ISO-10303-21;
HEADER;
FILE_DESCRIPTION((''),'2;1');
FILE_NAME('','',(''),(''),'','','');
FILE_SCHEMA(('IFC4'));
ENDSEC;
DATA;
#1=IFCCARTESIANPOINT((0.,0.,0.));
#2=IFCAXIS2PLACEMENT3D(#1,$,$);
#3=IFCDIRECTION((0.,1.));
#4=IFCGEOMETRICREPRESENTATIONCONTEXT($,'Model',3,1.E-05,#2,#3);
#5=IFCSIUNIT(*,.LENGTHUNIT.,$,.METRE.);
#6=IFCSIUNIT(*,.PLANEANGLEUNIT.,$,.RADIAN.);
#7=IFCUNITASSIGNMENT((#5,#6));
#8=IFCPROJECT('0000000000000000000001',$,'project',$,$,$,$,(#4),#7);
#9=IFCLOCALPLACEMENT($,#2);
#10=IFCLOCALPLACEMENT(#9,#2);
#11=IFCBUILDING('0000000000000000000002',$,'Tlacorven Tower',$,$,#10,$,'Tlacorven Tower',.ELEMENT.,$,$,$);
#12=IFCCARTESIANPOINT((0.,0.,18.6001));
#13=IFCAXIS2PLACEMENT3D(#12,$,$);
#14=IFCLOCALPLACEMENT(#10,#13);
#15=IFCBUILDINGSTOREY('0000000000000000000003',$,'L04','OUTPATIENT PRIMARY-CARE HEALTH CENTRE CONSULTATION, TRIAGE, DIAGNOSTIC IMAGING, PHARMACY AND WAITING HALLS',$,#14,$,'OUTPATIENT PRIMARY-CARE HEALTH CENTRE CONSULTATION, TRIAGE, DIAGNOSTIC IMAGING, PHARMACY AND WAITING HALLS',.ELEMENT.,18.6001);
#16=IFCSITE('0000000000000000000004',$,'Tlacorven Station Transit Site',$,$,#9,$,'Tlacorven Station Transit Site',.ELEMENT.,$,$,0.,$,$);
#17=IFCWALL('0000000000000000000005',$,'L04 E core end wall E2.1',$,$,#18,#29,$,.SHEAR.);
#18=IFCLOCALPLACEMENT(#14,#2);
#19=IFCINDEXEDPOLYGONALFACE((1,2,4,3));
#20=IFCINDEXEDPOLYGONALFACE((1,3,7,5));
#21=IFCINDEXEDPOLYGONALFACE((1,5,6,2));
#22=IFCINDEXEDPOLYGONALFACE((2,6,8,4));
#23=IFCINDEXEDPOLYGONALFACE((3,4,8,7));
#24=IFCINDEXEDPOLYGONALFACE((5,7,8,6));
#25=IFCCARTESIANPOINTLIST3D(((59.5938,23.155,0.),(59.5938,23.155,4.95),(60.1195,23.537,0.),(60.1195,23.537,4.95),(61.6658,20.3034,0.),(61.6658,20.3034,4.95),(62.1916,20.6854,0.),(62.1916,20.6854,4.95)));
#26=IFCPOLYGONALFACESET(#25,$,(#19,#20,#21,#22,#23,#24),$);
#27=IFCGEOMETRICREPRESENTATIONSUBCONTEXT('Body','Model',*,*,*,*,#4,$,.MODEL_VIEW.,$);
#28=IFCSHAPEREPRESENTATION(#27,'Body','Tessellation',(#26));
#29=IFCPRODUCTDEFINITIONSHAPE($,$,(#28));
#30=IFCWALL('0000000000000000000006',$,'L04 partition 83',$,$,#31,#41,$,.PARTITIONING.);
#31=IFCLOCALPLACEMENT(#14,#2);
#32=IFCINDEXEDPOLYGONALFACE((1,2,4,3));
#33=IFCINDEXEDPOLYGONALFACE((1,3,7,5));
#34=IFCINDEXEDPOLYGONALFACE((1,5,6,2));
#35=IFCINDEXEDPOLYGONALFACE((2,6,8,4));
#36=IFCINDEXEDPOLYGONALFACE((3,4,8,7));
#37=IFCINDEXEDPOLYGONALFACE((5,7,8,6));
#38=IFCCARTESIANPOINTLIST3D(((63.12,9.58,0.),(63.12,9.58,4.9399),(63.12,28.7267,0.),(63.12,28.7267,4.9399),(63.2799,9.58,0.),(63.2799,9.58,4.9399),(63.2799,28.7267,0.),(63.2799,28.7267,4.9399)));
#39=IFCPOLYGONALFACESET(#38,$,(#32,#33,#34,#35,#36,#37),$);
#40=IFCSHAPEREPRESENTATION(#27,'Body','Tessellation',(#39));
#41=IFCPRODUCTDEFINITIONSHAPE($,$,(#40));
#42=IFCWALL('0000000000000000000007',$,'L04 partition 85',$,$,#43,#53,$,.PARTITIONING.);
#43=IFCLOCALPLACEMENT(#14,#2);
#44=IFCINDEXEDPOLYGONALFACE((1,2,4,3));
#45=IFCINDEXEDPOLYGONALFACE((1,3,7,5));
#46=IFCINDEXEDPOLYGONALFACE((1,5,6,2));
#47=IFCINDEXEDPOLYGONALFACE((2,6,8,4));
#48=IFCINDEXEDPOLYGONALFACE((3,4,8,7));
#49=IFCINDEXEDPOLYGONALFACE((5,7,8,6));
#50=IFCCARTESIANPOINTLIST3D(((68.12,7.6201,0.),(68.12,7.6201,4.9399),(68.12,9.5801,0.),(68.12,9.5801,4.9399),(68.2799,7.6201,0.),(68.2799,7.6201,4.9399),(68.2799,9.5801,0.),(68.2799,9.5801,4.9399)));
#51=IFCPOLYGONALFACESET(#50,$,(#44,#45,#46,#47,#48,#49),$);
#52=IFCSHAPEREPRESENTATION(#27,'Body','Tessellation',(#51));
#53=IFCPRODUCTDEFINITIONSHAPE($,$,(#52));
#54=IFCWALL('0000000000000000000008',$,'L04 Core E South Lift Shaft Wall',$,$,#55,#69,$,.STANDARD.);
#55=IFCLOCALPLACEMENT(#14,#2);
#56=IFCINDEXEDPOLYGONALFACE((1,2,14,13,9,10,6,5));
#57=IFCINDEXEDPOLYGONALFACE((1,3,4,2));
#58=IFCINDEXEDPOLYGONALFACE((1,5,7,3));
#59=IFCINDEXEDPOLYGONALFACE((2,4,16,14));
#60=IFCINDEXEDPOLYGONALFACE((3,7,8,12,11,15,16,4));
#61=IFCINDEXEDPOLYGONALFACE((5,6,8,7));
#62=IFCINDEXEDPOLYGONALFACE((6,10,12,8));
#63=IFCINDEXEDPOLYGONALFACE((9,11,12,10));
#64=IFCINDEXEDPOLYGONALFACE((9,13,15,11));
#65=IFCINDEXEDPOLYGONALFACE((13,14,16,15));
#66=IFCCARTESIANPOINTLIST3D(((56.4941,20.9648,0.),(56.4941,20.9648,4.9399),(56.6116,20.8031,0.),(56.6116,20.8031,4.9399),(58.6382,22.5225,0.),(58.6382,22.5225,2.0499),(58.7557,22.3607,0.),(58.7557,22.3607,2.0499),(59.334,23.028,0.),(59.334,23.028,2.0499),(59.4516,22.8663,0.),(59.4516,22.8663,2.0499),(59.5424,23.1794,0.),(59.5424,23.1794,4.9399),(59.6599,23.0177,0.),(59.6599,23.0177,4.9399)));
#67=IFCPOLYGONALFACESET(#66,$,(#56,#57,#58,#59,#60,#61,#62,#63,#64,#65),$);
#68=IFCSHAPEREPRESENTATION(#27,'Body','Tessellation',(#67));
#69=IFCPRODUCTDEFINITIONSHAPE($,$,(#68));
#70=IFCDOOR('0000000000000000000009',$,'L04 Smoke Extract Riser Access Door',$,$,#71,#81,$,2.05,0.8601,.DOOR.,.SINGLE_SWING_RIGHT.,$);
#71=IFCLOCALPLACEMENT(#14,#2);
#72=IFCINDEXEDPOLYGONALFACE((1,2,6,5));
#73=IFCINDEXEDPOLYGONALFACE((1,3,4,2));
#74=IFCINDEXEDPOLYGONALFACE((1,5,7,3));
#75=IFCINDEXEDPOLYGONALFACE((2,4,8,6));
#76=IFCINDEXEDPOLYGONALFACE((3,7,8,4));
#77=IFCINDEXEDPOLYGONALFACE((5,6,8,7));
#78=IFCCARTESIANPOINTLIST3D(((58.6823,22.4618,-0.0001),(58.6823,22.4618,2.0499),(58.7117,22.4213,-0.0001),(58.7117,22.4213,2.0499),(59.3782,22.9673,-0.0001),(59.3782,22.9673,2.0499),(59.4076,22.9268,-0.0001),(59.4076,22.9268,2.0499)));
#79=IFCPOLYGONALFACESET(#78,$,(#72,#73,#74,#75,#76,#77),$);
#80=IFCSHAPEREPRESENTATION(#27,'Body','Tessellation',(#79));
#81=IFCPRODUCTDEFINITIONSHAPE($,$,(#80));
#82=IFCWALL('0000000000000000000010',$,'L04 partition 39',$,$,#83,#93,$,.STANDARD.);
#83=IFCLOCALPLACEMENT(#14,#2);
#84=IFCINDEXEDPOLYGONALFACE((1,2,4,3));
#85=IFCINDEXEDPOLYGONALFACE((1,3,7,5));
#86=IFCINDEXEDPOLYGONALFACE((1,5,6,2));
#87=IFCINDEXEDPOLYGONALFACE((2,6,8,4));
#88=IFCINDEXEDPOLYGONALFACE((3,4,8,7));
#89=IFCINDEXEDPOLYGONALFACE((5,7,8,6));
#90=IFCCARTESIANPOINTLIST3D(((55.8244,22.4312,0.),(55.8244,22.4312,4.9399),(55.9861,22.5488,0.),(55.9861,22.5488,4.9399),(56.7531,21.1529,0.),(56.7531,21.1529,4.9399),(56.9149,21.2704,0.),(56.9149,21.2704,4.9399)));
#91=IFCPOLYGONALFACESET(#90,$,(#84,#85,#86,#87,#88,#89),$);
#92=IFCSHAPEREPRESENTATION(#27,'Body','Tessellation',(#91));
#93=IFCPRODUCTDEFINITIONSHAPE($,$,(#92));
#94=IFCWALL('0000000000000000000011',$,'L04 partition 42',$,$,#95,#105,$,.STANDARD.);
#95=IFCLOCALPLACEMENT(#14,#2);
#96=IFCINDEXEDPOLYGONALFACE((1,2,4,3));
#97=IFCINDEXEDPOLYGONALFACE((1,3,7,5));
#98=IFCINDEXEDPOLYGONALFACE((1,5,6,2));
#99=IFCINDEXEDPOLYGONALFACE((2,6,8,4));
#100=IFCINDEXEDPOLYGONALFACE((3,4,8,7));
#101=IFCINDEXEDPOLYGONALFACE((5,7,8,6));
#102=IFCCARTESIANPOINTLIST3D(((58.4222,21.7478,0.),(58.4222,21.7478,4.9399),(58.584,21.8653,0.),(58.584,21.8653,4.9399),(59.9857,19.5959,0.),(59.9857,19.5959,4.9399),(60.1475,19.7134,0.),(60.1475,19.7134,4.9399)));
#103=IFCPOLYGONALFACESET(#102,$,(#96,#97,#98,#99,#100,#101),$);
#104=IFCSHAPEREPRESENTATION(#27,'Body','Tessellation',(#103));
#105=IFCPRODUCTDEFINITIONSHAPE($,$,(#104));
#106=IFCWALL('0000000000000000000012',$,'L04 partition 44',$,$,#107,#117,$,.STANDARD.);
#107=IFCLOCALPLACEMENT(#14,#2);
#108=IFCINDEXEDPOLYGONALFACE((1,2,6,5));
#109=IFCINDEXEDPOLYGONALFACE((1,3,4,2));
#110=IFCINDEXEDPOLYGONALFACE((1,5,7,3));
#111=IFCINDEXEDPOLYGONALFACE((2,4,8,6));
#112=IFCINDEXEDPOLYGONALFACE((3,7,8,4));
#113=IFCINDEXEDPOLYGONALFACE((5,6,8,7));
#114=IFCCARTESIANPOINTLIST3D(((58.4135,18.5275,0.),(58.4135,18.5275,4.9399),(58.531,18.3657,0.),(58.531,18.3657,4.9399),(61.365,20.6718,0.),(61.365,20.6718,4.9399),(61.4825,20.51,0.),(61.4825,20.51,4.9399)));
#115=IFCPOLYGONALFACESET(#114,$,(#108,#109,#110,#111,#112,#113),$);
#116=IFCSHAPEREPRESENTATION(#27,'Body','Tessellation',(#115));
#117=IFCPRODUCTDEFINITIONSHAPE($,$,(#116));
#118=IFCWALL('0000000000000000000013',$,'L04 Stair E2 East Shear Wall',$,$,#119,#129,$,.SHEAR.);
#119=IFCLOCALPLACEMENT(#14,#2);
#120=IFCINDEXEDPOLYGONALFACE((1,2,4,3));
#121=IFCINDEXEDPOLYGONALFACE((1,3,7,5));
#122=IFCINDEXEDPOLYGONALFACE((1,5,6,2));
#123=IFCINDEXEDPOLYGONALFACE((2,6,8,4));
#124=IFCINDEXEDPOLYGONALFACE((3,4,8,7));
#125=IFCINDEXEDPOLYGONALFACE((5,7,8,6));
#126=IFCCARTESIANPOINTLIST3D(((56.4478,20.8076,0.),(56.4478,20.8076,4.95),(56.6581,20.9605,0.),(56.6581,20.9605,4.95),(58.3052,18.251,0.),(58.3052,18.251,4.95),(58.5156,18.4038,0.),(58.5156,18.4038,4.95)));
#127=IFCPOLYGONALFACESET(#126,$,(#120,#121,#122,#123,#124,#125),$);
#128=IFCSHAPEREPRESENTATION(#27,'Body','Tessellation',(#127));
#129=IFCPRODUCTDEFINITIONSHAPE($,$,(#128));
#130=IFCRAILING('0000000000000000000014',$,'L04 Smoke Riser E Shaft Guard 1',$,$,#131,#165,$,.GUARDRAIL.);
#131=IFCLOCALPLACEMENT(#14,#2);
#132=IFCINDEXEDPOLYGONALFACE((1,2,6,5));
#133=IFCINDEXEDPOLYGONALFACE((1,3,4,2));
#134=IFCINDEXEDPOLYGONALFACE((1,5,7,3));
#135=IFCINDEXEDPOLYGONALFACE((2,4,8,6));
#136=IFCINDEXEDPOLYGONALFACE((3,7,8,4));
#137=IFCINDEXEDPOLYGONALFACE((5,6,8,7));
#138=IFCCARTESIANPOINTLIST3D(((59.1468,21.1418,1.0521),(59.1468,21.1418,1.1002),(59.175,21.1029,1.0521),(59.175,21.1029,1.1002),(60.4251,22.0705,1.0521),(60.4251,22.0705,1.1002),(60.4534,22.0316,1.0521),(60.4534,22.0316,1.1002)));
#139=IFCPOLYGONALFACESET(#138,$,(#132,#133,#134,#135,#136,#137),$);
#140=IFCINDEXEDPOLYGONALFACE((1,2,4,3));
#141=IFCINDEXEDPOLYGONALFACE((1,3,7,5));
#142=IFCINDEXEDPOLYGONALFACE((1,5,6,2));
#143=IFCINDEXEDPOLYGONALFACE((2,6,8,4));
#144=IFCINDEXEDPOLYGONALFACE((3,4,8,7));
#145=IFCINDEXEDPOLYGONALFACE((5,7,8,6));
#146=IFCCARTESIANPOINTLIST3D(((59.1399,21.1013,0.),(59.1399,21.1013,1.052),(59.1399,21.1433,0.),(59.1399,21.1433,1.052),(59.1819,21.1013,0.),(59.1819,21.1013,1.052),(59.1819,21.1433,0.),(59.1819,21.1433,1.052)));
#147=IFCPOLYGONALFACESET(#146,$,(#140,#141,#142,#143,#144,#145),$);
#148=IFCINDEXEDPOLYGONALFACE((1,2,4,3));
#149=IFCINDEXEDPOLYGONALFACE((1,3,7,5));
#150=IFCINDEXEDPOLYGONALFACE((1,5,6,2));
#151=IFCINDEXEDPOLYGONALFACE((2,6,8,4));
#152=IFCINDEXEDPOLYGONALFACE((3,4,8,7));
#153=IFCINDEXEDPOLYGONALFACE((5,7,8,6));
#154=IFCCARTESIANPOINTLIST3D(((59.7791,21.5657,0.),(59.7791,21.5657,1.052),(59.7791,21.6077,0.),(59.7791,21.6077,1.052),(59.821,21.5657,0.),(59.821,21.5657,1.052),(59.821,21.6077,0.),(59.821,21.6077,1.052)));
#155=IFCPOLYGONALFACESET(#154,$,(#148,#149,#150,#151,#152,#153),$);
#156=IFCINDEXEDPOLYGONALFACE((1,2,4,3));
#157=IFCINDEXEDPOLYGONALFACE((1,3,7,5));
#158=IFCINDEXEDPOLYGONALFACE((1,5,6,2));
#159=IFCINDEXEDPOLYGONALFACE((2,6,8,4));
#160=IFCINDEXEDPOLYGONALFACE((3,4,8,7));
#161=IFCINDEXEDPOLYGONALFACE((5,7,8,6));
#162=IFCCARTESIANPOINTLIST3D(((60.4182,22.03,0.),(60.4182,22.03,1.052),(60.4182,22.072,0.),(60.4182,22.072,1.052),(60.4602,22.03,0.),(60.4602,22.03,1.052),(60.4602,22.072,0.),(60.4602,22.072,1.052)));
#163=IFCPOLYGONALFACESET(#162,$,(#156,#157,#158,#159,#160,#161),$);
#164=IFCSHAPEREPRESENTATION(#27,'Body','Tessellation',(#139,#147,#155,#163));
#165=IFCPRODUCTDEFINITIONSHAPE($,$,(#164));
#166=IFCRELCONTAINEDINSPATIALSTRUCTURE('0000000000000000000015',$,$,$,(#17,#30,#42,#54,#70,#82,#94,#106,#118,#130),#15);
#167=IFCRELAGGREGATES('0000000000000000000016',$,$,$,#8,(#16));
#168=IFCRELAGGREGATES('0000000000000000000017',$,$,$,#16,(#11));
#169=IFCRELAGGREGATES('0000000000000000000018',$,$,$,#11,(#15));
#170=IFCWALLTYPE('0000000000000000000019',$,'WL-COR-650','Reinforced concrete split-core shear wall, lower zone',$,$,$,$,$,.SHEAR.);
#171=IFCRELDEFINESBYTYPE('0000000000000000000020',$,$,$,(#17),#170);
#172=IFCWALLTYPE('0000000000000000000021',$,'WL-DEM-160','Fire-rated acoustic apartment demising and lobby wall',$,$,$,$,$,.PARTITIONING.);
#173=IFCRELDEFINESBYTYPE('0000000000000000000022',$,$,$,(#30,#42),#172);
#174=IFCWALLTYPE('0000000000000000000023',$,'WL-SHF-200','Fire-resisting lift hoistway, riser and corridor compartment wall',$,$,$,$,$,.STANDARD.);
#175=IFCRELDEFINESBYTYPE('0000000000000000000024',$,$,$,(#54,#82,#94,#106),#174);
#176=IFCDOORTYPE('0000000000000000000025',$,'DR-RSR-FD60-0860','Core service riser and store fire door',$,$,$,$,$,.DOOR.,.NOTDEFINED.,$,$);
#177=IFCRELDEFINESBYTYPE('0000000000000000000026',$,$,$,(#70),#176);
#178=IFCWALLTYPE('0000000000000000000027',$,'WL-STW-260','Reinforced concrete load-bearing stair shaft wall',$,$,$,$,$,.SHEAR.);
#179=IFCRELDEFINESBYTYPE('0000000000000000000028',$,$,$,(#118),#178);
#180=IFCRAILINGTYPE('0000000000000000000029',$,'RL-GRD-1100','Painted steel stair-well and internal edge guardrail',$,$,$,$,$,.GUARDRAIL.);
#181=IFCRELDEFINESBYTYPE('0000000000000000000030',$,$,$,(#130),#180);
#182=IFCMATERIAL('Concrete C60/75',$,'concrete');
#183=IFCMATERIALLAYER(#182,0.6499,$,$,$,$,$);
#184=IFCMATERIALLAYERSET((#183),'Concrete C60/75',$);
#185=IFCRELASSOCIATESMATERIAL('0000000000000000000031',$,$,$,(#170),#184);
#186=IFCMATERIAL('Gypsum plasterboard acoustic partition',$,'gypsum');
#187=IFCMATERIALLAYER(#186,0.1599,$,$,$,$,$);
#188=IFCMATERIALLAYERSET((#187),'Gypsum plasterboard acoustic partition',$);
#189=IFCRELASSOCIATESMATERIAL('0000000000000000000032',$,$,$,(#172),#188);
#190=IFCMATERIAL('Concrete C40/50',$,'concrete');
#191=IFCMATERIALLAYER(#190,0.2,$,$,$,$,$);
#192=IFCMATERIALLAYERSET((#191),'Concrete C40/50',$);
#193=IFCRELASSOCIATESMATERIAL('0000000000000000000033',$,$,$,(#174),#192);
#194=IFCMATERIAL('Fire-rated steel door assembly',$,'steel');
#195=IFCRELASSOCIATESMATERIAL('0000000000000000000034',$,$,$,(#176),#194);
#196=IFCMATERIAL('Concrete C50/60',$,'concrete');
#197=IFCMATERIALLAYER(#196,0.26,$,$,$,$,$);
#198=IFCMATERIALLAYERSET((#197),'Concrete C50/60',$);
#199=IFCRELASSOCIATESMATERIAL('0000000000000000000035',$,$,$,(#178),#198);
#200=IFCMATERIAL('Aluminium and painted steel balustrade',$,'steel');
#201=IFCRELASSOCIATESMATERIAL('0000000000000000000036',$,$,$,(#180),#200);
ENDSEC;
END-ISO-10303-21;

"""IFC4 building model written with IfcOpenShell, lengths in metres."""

from ifc_helpers import new_model, si_unit, direction, frame, frame_2d, origin, origin_2d, place, context, subcontext, project, spatial, rectangle, extrude, source, transform, mapped, material, layer, layer_set, type_object, element, fill, save


model = new_model("IFC4")

# Units and contexts
model_context = context("Model", 3, precision=1e-05, world=origin(), true_north=direction((0.0, 1.0)))
body_context = subcontext(model_context, "Body", "Model", "MODEL_VIEW")
ifc_project = project(units=[si_unit("LENGTHUNIT", "METRE"), si_unit("PLANEANGLEUNIT", "RADIAN")], contexts=[model_context])

# Site, building, storey
site_placement = place(None, origin())
site = spatial("IfcSite", under=ifc_project, at=site_placement, Name="Tlacorven Station Transit Site", LongName="Tlacorven Station Transit Site", CompositionType="ELEMENT", RefElevation=0.0)
building_placement = place(site_placement, origin())
building = spatial("IfcBuilding", under=site, at=building_placement, Name="Tlacorven Tower", LongName="Tlacorven Tower", CompositionType="ELEMENT")
storey_placement = place(building_placement, frame((0.0, 0.0, 18.6001)))
storey = spatial("IfcBuildingStorey", under=building, at=storey_placement, Name="L04", Description="OUTPATIENT PRIMARY-CARE HEALTH CENTRE CONSULTATION, TRIAGE, DIAGNOSTIC IMAGING, PHARMACY AND WAITING HALLS", LongName="OUTPATIENT PRIMARY-CARE HEALTH CENTRE CONSULTATION, TRIAGE, DIAGNOSTIC IMAGING, PHARMACY AND WAITING HALLS", CompositionType="ELEMENT", Elevation=18.6001)

# Walls
ifc_material_1 = material(Name="Concrete C60/75", Category="concrete")
ifc_layer_1 = layer(ifc_material_1, 0.6499)
ifc_layer_set_1 = layer_set([ifc_layer_1], Name="Concrete C60/75")
wall_type_1 = type_object("IfcWallType", Name="WL-COR-650", Description="Reinforced concrete split-core shear wall, lower zone", PredefinedType="SHEAR", material=ifc_layer_set_1)
wall_1_placement = place(storey_placement, frame((61.9287, 20.4944, 0.0), z_axis=(0.0, 0.0, 1.0), x_axis=(-0.58783, 0.808985, 0.0)))
element("IfcWall", 1, at=wall_1_placement, inside=storey, type_object=wall_type_1, Name="L04 E core end wall E2.1", PredefinedType="SHEAR", context=body_context, shape_type="SweptSolid", body=[
    extrude(rectangle(XDim=3.5249, YDim=0.6499, at=frame_2d((1.7625, 0.0))), origin(), (0.0, 0.0, 1.0), 4.95),
])
ifc_material_2 = material(Name="Gypsum plasterboard acoustic partition", Category="gypsum")
ifc_layer_2 = layer(ifc_material_2, 0.1599)
ifc_layer_set_2 = layer_set([ifc_layer_2], Name="Gypsum plasterboard acoustic partition")
wall_type_2 = type_object("IfcWallType", Name="WL-DEM-160", Description="Fire-rated acoustic apartment demising and lobby wall", PredefinedType="PARTITIONING", material=ifc_layer_set_2)
wall_2_placement = place(storey_placement, frame((63.2, 9.5801, 0.0), z_axis=(0.0, 0.0, 1.0), x_axis=(0.0, 1.0, 0.0)))
element("IfcWall", 2, at=wall_2_placement, inside=storey, type_object=wall_type_2, Name="L04 partition 83", PredefinedType="PARTITIONING", context=body_context, shape_type="SweptSolid", body=[
    extrude(rectangle(XDim=19.1467, YDim=0.1599, at=frame_2d((9.5732, 0.0))), origin(), (0.0, 0.0, 1.0), 4.9399),
])
wall_3_placement = place(storey_placement, frame((68.2, 7.6201, 0.0), z_axis=(0.0, 0.0, 1.0), x_axis=(0.0, 1.0, 0.0)))
element("IfcWall", 3, at=wall_3_placement, inside=storey, type_object=wall_type_2, Name="L04 partition 85", PredefinedType="PARTITIONING", context=body_context, shape_type="SweptSolid", body=[
    extrude(rectangle(XDim=1.96, YDim=0.1599, at=frame_2d((0.98, 0.0))), origin(), (0.0, 0.0, 1.0), 4.9399),
])

# Wall, opening, door
ifc_material_3 = material(Name="Concrete C40/50", Category="concrete")
ifc_layer_3 = layer(ifc_material_3, 0.2)
ifc_layer_set_3 = layer_set([ifc_layer_3], Name="Concrete C40/50")
wall_type_3 = type_object("IfcWallType", Name="WL-SHF-200", Description="Fire-resisting lift hoistway, riser and corridor compartment wall", PredefinedType="STANDARD", material=ifc_layer_set_3)
wall_4_placement = place(storey_placement, frame((56.553, 20.884, 0.0), z_axis=(0.0, 0.0, 1.0), x_axis=(0.809036, 0.587759, 0.0)))
wall_4 = element("IfcWall", 4, at=wall_4_placement, inside=storey, type_object=wall_type_3, Name="L04 Core E South Lift Shaft Wall", PredefinedType="STANDARD", context=body_context, shape_type="SweptSolid", body=[
    extrude(rectangle(XDim=3.7678, YDim=0.2, at=frame_2d((1.8838, 0.0))), origin(), (0.0, 0.0, 1.0), 4.9399),
])
opening_placement = place(wall_4_placement, frame((2.6499, 0.0, 0.0)))
opening = element("IfcOpeningElement", 5, at=opening_placement, cuts=wall_4, PredefinedType="OPENING", context=body_context, shape_type="SweptSolid", body=[
    extrude(rectangle(XDim=0.8601, YDim=2.05, at=frame_2d((0.4302, 1.0249))), frame((0.0, 0.1099, 0.0), z_axis=(0.0, -1.0, 0.0), x_axis=(1.0, 0.0, 0.0)), (0.0, 0.0, 1.0), 0.22),
])
ifc_material_4 = material(Name="Fire-rated steel door assembly", Category="steel")
door_type = type_object("IfcDoorType", Name="DR-RSR-FD60-0860", Description="Core service riser and store fire door", OperationType="NOTDEFINED", PredefinedType="DOOR", material=ifc_material_4)
shared_shape_1 = source(origin(), body_context, "Body", "SweptSolid", [
    extrude(rectangle(XDim=0.8601, YDim=2.05, at=frame_2d((0.4302, 1.0249))), frame((0.0, 0.0249, 0.0), z_axis=(0.0, -1.0, 0.0), x_axis=(1.0, 0.0, 0.0)), (0.0, 0.0, 1.0), 0.05),
])
door_placement = place(opening_placement, origin())
door = element("IfcDoor", 6, at=door_placement, inside=storey, type_object=door_type, Name="L04 Smoke Extract Riser Access Door", OperationType="SINGLE_SWING_RIGHT", OverallHeight=2.05, OverallWidth=0.8601, PredefinedType="DOOR", context=body_context, shape_type="MappedRepresentation", body=[
    mapped(shared_shape_1, transform((0.0, 0.0, 0.0), scale=1.0)),
])
fill(opening, door)

# Walls
wall_5_placement = place(storey_placement, frame((56.834, 21.2117, 0.0), z_axis=(0.0, 0.0, 1.0), x_axis=(-0.587767, 0.80903, 0.0)))
element("IfcWall", 7, at=wall_5_placement, inside=storey, type_object=wall_type_3, Name="L04 partition 39", PredefinedType="STANDARD", context=body_context, shape_type="SweptSolid", body=[
    extrude(rectangle(XDim=1.5801, YDim=0.2, at=frame_2d((0.79, 0.0))), origin(), (0.0, 0.0, 1.0), 4.9399),
])
wall_6_placement = place(storey_placement, frame((60.0667, 19.6545, 0.0), z_axis=(0.0, 0.0, 1.0), x_axis=(-0.587801, 0.809006, 0.0)))
element("IfcWall", 8, at=wall_6_placement, inside=storey, type_object=wall_type_3, Name="L04 partition 42", PredefinedType="STANDARD", context=body_context, shape_type="SweptSolid", body=[
    extrude(rectangle(XDim=2.6599, YDim=0.2, at=frame_2d((1.3301, 0.0))), origin(), (0.0, 0.0, 1.0), 4.9399),
])
wall_7_placement = place(storey_placement, frame((58.4722, 18.4465, 0.0), z_axis=(0.0, 0.0, 1.0), x_axis=(0.809022, 0.587778, 0.0)))
element("IfcWall", 9, at=wall_7_placement, inside=storey, type_object=wall_type_3, Name="L04 partition 44", PredefinedType="STANDARD", context=body_context, shape_type="SweptSolid", body=[
    extrude(rectangle(XDim=3.6482, YDim=0.2, at=frame_2d((1.8242, 0.0))), origin(), (0.0, 0.0, 1.0), 4.9399),
])
ifc_material_5 = material(Name="Concrete C50/60", Category="concrete")
ifc_layer_4 = layer(ifc_material_5, 0.26)
ifc_layer_set_4 = layer_set([ifc_layer_4], Name="Concrete C50/60")
wall_type_4 = type_object("IfcWallType", Name="WL-STW-260", Description="Reinforced concrete load-bearing stair shaft wall", PredefinedType="SHEAR", material=ifc_layer_set_4)
wall_8_placement = place(storey_placement, frame((58.4104, 18.3274, 0.0), z_axis=(0.0, 0.0, 1.0), x_axis=(-0.587767, 0.80903, 0.0)))
element("IfcWall", 10, at=wall_8_placement, inside=storey, type_object=wall_type_4, Name="L04 Stair E2 East Shear Wall", PredefinedType="SHEAR", context=body_context, shape_type="SweptSolid", body=[
    extrude(rectangle(XDim=3.1602, YDim=0.26, at=frame_2d((1.5801, 0.0))), origin(), (0.0, 0.0, 1.0), 4.95),
])

# Railing
ifc_material_6 = material(Name="Aluminium and painted steel balustrade", Category="steel")
railing_type = type_object("IfcRailingType", Name="RL-GRD-1100", Description="Painted steel stair-well and internal edge guardrail", PredefinedType="GUARDRAIL", material=ifc_material_6)
shared_shape_2 = source(origin(), body_context, "Body", "SweptSolid", [
    extrude(rectangle(XDim=0.0481, YDim=0.0481, at=origin_2d()), frame((0.0, 0.0, 1.0762), z_axis=(0.80903, 0.587767, 0.0), x_axis=(-0.587767, 0.80903, 0.0)), (0.0, 0.0, 1.0), 1.5801),
    extrude(rectangle(XDim=0.042, YDim=0.042, at=origin_2d()), origin(), (0.0, 0.0, 1.0), 1.052),
    extrude(rectangle(XDim=0.042, YDim=0.042, at=origin_2d()), frame((0.6392, 0.4644, 0.0)), (0.0, 0.0, 1.0), 1.052),
    extrude(rectangle(XDim=0.042, YDim=0.042, at=origin_2d()), frame((1.2783, 0.9287, 0.0)), (0.0, 0.0, 1.0), 1.052),
])
railing_placement = place(storey_placement, frame((59.1609, 21.1223, 0.0)))
element("IfcRailing", 11, at=railing_placement, inside=storey, type_object=railing_type, Name="L04 Smoke Riser E Shaft Guard 1", PredefinedType="GUARDRAIL", context=body_context, shape_type="MappedRepresentation", body=[
    mapped(shared_shape_2, transform((0.0, 0.0, 0.0), scale=1.0)),
])

save(model, "model.ifc")
